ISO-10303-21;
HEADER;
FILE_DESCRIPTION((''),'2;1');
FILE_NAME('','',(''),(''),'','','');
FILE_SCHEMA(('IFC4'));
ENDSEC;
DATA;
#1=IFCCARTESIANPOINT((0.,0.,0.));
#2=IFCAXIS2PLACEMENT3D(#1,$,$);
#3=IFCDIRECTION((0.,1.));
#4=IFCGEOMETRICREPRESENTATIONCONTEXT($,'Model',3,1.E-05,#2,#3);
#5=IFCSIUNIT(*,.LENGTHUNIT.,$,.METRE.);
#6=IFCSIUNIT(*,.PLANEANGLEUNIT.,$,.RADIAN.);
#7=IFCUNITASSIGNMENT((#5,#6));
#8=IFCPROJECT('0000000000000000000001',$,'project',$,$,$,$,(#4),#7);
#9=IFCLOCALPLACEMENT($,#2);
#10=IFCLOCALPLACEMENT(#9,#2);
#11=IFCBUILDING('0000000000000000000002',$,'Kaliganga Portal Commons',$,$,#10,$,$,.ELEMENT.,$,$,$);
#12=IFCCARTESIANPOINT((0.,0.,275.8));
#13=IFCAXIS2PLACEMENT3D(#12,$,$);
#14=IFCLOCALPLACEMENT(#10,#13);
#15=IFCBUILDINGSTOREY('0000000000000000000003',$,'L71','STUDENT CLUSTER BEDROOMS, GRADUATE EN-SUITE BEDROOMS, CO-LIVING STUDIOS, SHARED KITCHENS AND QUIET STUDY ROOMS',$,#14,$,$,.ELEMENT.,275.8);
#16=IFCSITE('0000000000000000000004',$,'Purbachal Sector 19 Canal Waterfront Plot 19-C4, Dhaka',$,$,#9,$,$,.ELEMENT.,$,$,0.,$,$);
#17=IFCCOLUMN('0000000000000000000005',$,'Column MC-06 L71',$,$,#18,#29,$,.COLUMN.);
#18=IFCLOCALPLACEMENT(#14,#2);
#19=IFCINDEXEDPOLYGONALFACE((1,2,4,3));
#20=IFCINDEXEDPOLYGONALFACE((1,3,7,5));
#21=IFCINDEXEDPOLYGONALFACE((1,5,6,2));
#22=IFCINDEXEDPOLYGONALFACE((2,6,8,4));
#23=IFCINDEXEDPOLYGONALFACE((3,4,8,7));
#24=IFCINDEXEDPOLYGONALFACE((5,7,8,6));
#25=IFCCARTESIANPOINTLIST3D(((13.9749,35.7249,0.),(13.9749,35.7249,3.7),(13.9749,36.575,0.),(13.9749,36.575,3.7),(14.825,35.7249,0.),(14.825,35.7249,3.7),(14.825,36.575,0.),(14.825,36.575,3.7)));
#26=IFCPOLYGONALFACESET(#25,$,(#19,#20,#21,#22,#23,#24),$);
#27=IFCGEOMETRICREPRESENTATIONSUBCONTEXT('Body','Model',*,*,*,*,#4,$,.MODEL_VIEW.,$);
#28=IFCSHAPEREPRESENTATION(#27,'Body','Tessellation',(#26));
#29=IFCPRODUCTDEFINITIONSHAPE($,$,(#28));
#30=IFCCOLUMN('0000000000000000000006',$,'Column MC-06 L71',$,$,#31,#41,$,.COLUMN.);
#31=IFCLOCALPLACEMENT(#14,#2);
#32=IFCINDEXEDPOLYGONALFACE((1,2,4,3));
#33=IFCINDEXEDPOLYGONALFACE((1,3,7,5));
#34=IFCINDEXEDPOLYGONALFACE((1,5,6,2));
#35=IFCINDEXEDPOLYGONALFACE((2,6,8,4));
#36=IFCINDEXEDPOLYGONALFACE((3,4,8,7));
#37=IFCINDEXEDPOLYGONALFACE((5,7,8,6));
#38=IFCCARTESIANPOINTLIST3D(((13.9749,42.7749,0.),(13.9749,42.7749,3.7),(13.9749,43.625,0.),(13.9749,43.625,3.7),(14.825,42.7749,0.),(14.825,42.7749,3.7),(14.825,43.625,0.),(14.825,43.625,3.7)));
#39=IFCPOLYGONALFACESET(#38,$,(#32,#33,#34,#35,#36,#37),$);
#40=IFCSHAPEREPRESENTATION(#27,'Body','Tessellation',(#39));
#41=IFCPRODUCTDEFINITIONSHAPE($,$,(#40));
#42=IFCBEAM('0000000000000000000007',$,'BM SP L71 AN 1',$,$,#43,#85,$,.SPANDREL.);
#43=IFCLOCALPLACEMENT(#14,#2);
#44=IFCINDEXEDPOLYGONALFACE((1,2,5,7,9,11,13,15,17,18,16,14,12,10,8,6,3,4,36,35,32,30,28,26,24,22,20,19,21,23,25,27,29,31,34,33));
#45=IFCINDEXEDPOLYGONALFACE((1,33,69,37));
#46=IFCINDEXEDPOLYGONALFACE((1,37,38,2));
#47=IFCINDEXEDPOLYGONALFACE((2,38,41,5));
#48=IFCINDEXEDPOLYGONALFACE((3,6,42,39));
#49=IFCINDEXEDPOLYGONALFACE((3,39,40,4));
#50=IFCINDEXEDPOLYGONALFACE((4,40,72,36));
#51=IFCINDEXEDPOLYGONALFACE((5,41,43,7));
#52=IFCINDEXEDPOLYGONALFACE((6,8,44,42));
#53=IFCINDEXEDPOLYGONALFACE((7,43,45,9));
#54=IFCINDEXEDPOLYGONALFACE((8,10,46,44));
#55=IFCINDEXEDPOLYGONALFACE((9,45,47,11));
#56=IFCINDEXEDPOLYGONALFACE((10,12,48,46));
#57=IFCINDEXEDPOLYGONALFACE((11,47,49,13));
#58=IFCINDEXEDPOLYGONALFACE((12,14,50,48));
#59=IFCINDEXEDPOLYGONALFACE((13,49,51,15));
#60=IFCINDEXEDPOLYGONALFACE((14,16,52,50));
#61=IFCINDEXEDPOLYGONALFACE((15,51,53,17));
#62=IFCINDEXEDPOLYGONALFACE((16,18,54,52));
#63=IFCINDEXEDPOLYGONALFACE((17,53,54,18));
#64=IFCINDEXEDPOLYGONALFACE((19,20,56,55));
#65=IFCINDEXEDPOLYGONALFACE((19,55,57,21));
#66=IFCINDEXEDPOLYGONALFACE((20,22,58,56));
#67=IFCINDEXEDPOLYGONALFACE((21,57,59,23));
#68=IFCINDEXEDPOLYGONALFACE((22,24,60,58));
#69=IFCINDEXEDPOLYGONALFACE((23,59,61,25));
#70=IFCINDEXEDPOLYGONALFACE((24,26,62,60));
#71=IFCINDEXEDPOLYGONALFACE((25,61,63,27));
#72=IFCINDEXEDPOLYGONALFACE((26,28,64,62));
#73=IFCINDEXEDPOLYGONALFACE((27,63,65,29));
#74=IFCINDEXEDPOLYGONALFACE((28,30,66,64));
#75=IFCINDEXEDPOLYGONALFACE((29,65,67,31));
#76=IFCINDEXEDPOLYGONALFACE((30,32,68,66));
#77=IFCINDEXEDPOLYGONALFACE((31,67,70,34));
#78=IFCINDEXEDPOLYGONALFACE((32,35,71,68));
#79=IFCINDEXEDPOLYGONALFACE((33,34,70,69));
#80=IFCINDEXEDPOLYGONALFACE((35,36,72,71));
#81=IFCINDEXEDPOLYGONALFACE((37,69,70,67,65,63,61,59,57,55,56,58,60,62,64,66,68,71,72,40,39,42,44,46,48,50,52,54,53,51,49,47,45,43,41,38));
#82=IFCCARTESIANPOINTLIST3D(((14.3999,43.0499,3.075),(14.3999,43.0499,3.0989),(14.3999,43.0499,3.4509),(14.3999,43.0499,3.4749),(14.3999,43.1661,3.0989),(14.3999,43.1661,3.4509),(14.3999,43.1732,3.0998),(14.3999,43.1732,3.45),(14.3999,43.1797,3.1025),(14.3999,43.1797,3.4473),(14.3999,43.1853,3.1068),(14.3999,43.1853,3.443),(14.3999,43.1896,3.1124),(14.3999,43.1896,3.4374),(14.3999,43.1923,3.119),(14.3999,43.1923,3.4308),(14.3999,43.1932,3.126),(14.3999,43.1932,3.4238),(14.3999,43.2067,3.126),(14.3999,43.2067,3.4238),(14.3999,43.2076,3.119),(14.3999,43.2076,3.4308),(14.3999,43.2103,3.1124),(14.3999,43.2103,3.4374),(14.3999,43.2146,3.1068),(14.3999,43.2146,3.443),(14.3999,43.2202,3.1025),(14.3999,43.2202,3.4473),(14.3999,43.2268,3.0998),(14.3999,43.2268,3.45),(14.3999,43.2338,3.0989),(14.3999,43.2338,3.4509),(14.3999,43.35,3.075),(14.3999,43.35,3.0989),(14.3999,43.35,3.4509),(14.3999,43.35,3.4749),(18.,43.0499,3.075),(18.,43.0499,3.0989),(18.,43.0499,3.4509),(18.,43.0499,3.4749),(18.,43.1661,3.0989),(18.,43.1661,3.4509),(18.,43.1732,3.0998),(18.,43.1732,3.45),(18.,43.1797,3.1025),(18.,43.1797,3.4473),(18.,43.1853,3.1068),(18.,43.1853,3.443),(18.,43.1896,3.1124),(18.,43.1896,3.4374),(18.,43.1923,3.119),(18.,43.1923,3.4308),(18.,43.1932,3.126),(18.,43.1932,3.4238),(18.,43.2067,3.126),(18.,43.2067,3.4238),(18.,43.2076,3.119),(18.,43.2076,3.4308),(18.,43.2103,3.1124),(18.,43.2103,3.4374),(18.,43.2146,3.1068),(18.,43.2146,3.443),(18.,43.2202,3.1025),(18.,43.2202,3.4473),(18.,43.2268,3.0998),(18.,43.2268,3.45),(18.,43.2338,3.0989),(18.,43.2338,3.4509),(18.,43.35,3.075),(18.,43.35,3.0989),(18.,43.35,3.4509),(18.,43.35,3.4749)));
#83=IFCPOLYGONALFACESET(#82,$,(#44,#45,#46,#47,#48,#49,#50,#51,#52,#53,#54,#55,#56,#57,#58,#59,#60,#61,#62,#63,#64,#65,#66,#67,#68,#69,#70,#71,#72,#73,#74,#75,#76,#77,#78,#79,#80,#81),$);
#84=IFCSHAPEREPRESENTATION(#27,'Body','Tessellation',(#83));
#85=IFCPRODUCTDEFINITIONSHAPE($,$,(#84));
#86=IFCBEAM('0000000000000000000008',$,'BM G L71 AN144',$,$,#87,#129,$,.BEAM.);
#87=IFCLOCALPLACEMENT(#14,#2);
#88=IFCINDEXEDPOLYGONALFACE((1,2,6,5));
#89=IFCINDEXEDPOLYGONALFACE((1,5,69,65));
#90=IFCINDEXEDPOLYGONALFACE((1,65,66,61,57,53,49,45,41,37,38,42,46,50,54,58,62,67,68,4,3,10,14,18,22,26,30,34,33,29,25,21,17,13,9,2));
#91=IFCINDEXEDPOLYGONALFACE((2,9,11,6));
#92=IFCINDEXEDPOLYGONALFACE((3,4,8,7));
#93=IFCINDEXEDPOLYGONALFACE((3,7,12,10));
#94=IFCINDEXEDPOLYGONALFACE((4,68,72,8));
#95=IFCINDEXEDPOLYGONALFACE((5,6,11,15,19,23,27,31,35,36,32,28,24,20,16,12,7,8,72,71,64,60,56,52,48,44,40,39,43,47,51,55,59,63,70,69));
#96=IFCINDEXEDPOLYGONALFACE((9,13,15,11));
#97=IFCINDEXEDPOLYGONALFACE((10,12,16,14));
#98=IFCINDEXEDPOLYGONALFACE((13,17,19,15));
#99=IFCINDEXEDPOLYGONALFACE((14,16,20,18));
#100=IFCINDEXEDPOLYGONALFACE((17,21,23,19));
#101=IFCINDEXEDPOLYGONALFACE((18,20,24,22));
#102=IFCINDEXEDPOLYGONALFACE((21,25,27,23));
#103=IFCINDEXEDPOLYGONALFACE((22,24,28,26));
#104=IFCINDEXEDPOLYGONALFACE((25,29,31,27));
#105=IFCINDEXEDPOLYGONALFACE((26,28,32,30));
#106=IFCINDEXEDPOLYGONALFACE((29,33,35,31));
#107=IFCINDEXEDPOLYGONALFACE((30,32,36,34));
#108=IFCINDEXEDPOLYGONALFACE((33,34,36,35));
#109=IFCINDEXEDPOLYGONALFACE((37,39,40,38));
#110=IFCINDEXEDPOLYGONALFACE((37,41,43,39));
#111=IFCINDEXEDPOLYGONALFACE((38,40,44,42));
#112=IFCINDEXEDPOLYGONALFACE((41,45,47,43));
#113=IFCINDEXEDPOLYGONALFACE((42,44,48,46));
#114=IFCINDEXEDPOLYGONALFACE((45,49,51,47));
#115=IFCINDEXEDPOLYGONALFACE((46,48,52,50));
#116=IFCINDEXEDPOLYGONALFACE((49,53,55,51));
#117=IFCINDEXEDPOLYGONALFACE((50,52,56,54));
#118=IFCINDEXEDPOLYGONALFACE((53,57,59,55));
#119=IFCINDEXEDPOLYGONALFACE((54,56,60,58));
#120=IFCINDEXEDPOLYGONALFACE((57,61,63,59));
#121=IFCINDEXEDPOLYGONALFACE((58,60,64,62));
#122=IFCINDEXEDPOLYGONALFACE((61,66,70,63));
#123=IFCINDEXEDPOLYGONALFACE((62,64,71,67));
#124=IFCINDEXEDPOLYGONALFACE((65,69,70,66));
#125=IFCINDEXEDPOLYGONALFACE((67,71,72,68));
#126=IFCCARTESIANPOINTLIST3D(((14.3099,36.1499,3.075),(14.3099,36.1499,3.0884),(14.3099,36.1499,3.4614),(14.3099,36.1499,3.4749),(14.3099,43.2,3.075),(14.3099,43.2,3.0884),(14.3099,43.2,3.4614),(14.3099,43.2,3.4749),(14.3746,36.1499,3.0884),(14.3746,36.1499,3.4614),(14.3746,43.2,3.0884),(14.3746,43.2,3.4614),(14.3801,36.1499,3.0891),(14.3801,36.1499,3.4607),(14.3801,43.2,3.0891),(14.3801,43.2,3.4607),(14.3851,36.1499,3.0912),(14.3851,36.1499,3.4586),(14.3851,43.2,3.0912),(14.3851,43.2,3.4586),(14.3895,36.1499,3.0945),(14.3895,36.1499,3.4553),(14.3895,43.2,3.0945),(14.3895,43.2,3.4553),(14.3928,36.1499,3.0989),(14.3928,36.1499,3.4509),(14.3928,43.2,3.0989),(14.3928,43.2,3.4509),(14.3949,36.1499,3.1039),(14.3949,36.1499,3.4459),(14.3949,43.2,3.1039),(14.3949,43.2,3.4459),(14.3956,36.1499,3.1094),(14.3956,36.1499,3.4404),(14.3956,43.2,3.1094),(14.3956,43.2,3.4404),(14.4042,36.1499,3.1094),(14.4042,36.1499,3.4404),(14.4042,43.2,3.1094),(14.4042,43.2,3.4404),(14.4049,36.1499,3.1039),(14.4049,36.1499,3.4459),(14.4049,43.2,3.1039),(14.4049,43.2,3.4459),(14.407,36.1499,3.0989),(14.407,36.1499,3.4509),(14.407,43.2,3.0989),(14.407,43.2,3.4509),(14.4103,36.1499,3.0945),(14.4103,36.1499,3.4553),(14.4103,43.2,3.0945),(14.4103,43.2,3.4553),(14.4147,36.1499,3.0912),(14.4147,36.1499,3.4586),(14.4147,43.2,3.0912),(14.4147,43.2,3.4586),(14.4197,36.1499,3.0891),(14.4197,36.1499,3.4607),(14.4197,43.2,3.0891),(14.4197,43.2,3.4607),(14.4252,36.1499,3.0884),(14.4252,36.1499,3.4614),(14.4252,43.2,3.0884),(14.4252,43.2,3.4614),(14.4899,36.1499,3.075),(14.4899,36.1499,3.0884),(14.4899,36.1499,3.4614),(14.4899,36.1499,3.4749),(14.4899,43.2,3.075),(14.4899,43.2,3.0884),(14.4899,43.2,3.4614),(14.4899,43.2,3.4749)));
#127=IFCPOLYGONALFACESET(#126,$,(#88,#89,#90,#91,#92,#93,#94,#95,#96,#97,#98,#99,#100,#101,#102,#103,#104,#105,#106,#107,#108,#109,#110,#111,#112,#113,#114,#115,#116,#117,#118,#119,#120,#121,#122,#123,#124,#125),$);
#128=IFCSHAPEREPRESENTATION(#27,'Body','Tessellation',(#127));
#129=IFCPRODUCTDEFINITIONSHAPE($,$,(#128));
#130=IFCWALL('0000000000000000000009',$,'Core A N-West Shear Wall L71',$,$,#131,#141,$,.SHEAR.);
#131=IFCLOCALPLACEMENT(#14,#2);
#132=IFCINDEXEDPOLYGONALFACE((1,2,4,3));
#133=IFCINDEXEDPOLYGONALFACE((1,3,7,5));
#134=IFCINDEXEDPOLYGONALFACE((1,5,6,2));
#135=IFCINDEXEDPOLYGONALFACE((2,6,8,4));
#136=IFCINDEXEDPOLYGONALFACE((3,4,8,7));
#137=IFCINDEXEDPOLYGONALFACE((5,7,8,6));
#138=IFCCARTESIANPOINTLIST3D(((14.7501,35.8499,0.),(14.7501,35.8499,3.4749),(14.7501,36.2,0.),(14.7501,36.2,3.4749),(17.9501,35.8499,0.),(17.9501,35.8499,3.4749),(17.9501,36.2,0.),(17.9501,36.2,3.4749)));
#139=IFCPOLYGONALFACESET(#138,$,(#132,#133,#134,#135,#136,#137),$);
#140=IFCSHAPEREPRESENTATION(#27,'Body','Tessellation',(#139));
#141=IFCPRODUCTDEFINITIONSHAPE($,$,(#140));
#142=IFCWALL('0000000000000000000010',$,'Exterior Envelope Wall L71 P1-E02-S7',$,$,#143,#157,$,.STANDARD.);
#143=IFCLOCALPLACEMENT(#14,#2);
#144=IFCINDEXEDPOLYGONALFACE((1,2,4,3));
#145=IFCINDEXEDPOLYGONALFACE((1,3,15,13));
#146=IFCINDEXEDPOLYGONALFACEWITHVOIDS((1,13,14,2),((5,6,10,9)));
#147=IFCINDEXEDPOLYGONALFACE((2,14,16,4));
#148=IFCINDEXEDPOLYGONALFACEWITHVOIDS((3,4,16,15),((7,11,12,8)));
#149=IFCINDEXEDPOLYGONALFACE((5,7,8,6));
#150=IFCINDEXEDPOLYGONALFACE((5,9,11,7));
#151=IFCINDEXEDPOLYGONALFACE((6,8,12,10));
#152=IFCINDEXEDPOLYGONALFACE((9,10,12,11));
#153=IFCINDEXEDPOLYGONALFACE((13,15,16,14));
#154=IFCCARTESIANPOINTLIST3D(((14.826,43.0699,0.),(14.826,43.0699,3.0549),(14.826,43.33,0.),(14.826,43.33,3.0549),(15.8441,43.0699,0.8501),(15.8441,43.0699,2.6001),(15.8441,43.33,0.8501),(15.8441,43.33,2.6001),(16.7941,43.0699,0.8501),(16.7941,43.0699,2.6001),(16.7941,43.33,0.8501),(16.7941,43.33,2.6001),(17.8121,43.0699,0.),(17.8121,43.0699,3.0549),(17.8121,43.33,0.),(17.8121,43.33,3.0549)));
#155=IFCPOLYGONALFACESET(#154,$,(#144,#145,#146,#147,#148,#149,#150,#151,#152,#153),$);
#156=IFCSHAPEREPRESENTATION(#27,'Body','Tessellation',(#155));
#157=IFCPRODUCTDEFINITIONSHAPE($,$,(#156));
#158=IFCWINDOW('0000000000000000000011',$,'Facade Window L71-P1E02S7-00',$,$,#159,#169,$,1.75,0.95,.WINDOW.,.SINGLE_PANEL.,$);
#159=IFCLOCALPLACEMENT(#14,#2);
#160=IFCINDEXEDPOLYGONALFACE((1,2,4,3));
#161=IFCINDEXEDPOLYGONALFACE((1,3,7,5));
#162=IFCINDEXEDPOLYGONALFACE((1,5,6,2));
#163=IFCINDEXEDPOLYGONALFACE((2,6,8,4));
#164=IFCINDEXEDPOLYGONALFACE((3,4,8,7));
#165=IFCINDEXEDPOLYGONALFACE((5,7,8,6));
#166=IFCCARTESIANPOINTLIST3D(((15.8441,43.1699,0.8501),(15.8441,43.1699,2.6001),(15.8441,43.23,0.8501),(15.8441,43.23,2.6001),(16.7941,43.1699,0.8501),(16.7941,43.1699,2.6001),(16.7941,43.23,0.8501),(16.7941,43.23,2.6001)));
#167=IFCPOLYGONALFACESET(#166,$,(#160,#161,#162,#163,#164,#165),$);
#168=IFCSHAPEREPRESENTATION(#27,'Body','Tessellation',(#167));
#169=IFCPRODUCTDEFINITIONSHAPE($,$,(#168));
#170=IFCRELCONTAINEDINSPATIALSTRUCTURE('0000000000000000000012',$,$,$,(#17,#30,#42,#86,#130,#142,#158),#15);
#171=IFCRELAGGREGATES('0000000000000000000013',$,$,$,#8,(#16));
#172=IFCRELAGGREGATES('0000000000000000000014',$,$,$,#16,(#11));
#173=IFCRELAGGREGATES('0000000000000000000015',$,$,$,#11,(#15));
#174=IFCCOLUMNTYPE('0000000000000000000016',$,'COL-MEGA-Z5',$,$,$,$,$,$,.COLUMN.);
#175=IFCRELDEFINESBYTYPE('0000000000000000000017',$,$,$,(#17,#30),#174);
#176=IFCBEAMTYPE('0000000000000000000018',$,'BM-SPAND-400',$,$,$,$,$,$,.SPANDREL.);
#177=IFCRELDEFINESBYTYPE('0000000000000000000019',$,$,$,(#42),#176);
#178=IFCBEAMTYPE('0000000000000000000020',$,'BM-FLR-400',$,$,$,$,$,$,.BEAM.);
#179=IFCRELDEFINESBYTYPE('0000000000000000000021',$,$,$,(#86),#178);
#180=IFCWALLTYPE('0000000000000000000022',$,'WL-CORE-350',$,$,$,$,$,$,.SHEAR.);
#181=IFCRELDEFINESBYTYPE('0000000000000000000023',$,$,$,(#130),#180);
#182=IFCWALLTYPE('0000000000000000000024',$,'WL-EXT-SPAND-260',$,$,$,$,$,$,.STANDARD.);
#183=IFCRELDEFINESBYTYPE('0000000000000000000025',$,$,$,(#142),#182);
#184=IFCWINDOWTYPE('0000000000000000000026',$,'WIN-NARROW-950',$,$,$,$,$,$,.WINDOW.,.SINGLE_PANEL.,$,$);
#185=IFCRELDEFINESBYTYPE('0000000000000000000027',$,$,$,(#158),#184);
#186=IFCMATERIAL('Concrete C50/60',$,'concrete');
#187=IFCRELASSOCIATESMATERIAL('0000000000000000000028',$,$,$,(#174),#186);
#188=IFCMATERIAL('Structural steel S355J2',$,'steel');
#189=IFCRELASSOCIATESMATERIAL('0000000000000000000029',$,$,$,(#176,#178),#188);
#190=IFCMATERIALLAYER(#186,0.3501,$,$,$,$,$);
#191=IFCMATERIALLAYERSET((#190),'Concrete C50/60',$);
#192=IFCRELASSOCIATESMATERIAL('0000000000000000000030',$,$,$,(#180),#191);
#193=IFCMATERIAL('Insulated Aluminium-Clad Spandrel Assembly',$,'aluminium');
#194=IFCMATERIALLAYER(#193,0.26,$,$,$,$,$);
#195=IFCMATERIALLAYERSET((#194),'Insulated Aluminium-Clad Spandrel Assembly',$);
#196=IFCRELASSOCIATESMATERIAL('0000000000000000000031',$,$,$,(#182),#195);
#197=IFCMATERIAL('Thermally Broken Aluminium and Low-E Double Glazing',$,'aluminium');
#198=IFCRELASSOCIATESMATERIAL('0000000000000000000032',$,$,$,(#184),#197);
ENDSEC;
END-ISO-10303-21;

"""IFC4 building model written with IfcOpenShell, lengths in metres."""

from ifc_helpers import new_model, si_unit, direction, frame, frame_2d, origin, origin_2d, place, context, subcontext, project, spatial, rectangle, i_section, extrude, source, transform, mapped, material, layer, layer_set, material_profile, profile_set, type_object, element, fill, save


model = new_model("IFC4")

# Units and contexts
model_context = context("Model", 3, precision=1e-05, world=origin(), true_north=direction((0.0, 1.0)))
body_context = subcontext(model_context, "Body", "Model", "MODEL_VIEW")
ifc_project = project(units=[si_unit("LENGTHUNIT", "METRE"), si_unit("PLANEANGLEUNIT", "RADIAN")], contexts=[model_context])

# Site, building, storey
site_placement = place(None, origin())
site = spatial("IfcSite", under=ifc_project, at=site_placement, Name="Purbachal Sector 19 Canal Waterfront Plot 19-C4, Dhaka", CompositionType="ELEMENT", RefElevation=0.0)
building_placement = place(site_placement, origin())
building = spatial("IfcBuilding", under=site, at=building_placement, Name="Kaliganga Portal Commons", CompositionType="ELEMENT")
storey_placement = place(building_placement, frame((0.0, 0.0, 275.8)))
storey = spatial("IfcBuildingStorey", under=building, at=storey_placement, Name="L71", Description="STUDENT CLUSTER BEDROOMS, GRADUATE EN-SUITE BEDROOMS, CO-LIVING STUDIOS, SHARED KITCHENS AND QUIET STUDY ROOMS", CompositionType="ELEMENT", Elevation=275.8)

# Columns
ifc_material_1 = material(Name="Concrete C50/60", Category="concrete")
ifc_material_profile_1 = material_profile(ifc_material_1, rectangle(XDim=0.8501, YDim=0.8501, at=origin_2d()), Name="RC 850x850")
ifc_profile_set_1 = profile_set([ifc_material_profile_1], Name="Concrete C50/60")
column_type = type_object("IfcColumnType", Name="COL-MEGA-Z5", PredefinedType="COLUMN", material=ifc_profile_set_1)
shared_shape_1 = source(origin(), body_context, "Body", "SweptSolid", [
    extrude(rectangle(XDim=0.8501, YDim=0.8501, at=origin_2d()), origin(), (0.0, 0.0, 1.0), 3.7),
])
for number, where, z_axis, x_axis, name in (
    (1, (14.3999, 36.1499, 0.0), (0.0, 0.0, 1.0), (1.0, 0.0, 0.0), "Column MC-06 L71"),
    (2, (14.3999, 43.2, 0.0), (0.0, 0.0, 1.0), (1.0, 0.0, 0.0), "Column MC-06 L71"),
):
    element("IfcColumn", number, at=place(storey_placement, frame(where, z_axis=z_axis, x_axis=x_axis)), inside=storey, type_object=column_type, Name=name, PredefinedType="COLUMN", context=body_context, shape_type="MappedRepresentation", body=[
        mapped(shared_shape_1, transform((0.0, 0.0, 0.0), x_axis=(1.0, 0.0, 0.0), y_axis=(0.0, 1.0, 0.0), z_axis=(0.0, 0.0, 1.0), scale=1.0)),
    ])

# Beams
ifc_material_2 = material(Name="Structural steel S355J2", Category="steel")
ifc_material_profile_2 = material_profile(ifc_material_2, i_section(OverallWidth=0.3, OverallDepth=0.3999, WebThickness=0.0134, FlangeThickness=0.0239, FilletRadius=0.0271, at=origin_2d()), Name="HE 400 B")
ifc_profile_set_2 = profile_set([ifc_material_profile_2], Name="Structural steel S355J2 wide-flange")
beam_type_1 = type_object("IfcBeamType", Name="BM-SPAND-400", PredefinedType="SPANDREL", material=ifc_profile_set_2)
shared_shape_2 = source(origin(), body_context, "Body", "SweptSolid", [
    extrude(i_section(OverallWidth=0.3, OverallDepth=0.3999, WebThickness=0.0134, FlangeThickness=0.0239, FilletRadius=0.0271, at=origin_2d()), origin(), (0.0, 0.0, 1.0), 3.6001),
])
beam_1_placement = place(storey_placement, frame((14.3999, 43.2, 3.2749), z_axis=(1.0, 0.0, 0.0), x_axis=(0.0, 1.0, 0.0)))
element("IfcBeam", 3, at=beam_1_placement, inside=storey, type_object=beam_type_1, Name="BM SP L71 AN 1", PredefinedType="SPANDREL", context=body_context, shape_type="MappedRepresentation", body=[
    mapped(shared_shape_2, transform((0.0, 0.0, 0.0), x_axis=(1.0, 0.0, 0.0), y_axis=(0.0, 1.0, 0.0), z_axis=(0.0, 0.0, 1.0), scale=1.0)),
])
ifc_material_profile_3 = material_profile(ifc_material_2, i_section(OverallWidth=0.1799, OverallDepth=0.3999, WebThickness=0.0085, FlangeThickness=0.0134, FilletRadius=0.021, at=origin_2d()), Name="IPE 400")
ifc_profile_set_3 = profile_set([ifc_material_profile_3], Name="Structural steel S355J2 wide-flange")
beam_type_2 = type_object("IfcBeamType", Name="BM-FLR-400", PredefinedType="BEAM", material=ifc_profile_set_3)
shared_shape_3 = source(origin(), body_context, "Body", "SweptSolid", [
    extrude(i_section(OverallWidth=0.1799, OverallDepth=0.3999, WebThickness=0.0085, FlangeThickness=0.0134, FilletRadius=0.021, at=origin_2d()), origin(), (0.0, 0.0, 1.0), 7.05),
])
beam_2_placement = place(storey_placement, frame((14.3999, 36.1499, 3.2749), z_axis=(0.0, 1.0, 0.0), x_axis=(-1.0, 0.0, 0.0)))
element("IfcBeam", 4, at=beam_2_placement, inside=storey, type_object=beam_type_2, Name="BM G L71 AN144", PredefinedType="BEAM", context=body_context, shape_type="MappedRepresentation", body=[
    mapped(shared_shape_3, transform((0.0, 0.0, 0.0), x_axis=(1.0, 0.0, 0.0), y_axis=(0.0, 1.0, 0.0), z_axis=(0.0, 0.0, 1.0), scale=1.0)),
])

# Wall
ifc_layer_1 = layer(ifc_material_1, 0.3501)
ifc_layer_set_1 = layer_set([ifc_layer_1], Name="Concrete C50/60")
wall_type_1 = type_object("IfcWallType", Name="WL-CORE-350", PredefinedType="SHEAR", material=ifc_layer_set_1)
wall_1_placement = place(storey_placement, frame((14.75, 36.0249, 0.0), z_axis=(0.0, 0.0, 1.0), x_axis=(1.0, 0.0, 0.0)))
element("IfcWall", 5, at=wall_1_placement, inside=storey, type_object=wall_type_1, Name="Core A N-West Shear Wall L71", PredefinedType="SHEAR", context=body_context, shape_type="SweptSolid", body=[
    extrude(rectangle(XDim=3.2, YDim=0.3501, at=frame_2d((1.6001, 0.0))), origin(), (0.0, 0.0, 1.0), 3.4749),
])

# Wall, opening, window
ifc_material_3 = material(Name="Insulated Aluminium-Clad Spandrel Assembly", Category="aluminium")
ifc_layer_2 = layer(ifc_material_3, 0.26)
ifc_layer_set_2 = layer_set([ifc_layer_2], Name="Insulated Aluminium-Clad Spandrel Assembly")
wall_type_2 = type_object("IfcWallType", Name="WL-EXT-SPAND-260", PredefinedType="STANDARD", material=ifc_layer_set_2)
wall_2_placement = place(storey_placement, frame((14.8259, 43.2, 0.0), z_axis=(0.0, 0.0, 1.0), x_axis=(1.0, 0.0, 0.0)))
wall_2 = element("IfcWall", 6, at=wall_2_placement, inside=storey, type_object=wall_type_2, Name="Exterior Envelope Wall L71 P1-E02-S7", PredefinedType="STANDARD", context=body_context, shape_type="SweptSolid", body=[
    extrude(rectangle(XDim=2.9861, YDim=0.26, at=frame_2d((1.4932, 0.0))), origin(), (0.0, 0.0, 1.0), 3.0549),
])
opening_1_placement = place(wall_2_placement, frame((1.0181, 0.0, 0.8501)))
opening_1 = element("IfcOpeningElement", 7, at=opening_1_placement, cuts=wall_2, PredefinedType="OPENING", context=body_context, shape_type="SweptSolid", body=[
    extrude(rectangle(XDim=0.95, YDim=1.75, at=frame_2d((0.4751, 0.875))), frame((0.0, 0.1401, 0.0), z_axis=(0.0, -1.0, 0.0), x_axis=(1.0, 0.0, 0.0)), (0.0, 0.0, 1.0), 0.28),
])
ifc_material_4 = material(Name="Thermally Broken Aluminium and Low-E Double Glazing", Category="aluminium")
window_type_1 = type_object("IfcWindowType", Name="WIN-NARROW-950", PartitioningType="SINGLE_PANEL", PredefinedType="WINDOW", material=ifc_material_4)
window_1_placement = place(opening_1_placement, origin())
window_1 = element("IfcWindow", 8, at=window_1_placement, inside=storey, type_object=window_type_1, Name="Facade Window L71-P1E02S7-00", OverallHeight=1.75, OverallWidth=0.95, PartitioningType="SINGLE_PANEL", PredefinedType="WINDOW", context=body_context, shape_type="SweptSolid", body=[
    extrude(rectangle(XDim=0.95, YDim=1.75, at=frame_2d((0.4751, 0.875))), frame((0.0, 0.03, 0.0), z_axis=(0.0, -1.0, 0.0), x_axis=(1.0, 0.0, 0.0)), (0.0, 0.0, 1.0), 0.0601),
])
fill(opening_1, window_1)

save(model, "model.ifc")
